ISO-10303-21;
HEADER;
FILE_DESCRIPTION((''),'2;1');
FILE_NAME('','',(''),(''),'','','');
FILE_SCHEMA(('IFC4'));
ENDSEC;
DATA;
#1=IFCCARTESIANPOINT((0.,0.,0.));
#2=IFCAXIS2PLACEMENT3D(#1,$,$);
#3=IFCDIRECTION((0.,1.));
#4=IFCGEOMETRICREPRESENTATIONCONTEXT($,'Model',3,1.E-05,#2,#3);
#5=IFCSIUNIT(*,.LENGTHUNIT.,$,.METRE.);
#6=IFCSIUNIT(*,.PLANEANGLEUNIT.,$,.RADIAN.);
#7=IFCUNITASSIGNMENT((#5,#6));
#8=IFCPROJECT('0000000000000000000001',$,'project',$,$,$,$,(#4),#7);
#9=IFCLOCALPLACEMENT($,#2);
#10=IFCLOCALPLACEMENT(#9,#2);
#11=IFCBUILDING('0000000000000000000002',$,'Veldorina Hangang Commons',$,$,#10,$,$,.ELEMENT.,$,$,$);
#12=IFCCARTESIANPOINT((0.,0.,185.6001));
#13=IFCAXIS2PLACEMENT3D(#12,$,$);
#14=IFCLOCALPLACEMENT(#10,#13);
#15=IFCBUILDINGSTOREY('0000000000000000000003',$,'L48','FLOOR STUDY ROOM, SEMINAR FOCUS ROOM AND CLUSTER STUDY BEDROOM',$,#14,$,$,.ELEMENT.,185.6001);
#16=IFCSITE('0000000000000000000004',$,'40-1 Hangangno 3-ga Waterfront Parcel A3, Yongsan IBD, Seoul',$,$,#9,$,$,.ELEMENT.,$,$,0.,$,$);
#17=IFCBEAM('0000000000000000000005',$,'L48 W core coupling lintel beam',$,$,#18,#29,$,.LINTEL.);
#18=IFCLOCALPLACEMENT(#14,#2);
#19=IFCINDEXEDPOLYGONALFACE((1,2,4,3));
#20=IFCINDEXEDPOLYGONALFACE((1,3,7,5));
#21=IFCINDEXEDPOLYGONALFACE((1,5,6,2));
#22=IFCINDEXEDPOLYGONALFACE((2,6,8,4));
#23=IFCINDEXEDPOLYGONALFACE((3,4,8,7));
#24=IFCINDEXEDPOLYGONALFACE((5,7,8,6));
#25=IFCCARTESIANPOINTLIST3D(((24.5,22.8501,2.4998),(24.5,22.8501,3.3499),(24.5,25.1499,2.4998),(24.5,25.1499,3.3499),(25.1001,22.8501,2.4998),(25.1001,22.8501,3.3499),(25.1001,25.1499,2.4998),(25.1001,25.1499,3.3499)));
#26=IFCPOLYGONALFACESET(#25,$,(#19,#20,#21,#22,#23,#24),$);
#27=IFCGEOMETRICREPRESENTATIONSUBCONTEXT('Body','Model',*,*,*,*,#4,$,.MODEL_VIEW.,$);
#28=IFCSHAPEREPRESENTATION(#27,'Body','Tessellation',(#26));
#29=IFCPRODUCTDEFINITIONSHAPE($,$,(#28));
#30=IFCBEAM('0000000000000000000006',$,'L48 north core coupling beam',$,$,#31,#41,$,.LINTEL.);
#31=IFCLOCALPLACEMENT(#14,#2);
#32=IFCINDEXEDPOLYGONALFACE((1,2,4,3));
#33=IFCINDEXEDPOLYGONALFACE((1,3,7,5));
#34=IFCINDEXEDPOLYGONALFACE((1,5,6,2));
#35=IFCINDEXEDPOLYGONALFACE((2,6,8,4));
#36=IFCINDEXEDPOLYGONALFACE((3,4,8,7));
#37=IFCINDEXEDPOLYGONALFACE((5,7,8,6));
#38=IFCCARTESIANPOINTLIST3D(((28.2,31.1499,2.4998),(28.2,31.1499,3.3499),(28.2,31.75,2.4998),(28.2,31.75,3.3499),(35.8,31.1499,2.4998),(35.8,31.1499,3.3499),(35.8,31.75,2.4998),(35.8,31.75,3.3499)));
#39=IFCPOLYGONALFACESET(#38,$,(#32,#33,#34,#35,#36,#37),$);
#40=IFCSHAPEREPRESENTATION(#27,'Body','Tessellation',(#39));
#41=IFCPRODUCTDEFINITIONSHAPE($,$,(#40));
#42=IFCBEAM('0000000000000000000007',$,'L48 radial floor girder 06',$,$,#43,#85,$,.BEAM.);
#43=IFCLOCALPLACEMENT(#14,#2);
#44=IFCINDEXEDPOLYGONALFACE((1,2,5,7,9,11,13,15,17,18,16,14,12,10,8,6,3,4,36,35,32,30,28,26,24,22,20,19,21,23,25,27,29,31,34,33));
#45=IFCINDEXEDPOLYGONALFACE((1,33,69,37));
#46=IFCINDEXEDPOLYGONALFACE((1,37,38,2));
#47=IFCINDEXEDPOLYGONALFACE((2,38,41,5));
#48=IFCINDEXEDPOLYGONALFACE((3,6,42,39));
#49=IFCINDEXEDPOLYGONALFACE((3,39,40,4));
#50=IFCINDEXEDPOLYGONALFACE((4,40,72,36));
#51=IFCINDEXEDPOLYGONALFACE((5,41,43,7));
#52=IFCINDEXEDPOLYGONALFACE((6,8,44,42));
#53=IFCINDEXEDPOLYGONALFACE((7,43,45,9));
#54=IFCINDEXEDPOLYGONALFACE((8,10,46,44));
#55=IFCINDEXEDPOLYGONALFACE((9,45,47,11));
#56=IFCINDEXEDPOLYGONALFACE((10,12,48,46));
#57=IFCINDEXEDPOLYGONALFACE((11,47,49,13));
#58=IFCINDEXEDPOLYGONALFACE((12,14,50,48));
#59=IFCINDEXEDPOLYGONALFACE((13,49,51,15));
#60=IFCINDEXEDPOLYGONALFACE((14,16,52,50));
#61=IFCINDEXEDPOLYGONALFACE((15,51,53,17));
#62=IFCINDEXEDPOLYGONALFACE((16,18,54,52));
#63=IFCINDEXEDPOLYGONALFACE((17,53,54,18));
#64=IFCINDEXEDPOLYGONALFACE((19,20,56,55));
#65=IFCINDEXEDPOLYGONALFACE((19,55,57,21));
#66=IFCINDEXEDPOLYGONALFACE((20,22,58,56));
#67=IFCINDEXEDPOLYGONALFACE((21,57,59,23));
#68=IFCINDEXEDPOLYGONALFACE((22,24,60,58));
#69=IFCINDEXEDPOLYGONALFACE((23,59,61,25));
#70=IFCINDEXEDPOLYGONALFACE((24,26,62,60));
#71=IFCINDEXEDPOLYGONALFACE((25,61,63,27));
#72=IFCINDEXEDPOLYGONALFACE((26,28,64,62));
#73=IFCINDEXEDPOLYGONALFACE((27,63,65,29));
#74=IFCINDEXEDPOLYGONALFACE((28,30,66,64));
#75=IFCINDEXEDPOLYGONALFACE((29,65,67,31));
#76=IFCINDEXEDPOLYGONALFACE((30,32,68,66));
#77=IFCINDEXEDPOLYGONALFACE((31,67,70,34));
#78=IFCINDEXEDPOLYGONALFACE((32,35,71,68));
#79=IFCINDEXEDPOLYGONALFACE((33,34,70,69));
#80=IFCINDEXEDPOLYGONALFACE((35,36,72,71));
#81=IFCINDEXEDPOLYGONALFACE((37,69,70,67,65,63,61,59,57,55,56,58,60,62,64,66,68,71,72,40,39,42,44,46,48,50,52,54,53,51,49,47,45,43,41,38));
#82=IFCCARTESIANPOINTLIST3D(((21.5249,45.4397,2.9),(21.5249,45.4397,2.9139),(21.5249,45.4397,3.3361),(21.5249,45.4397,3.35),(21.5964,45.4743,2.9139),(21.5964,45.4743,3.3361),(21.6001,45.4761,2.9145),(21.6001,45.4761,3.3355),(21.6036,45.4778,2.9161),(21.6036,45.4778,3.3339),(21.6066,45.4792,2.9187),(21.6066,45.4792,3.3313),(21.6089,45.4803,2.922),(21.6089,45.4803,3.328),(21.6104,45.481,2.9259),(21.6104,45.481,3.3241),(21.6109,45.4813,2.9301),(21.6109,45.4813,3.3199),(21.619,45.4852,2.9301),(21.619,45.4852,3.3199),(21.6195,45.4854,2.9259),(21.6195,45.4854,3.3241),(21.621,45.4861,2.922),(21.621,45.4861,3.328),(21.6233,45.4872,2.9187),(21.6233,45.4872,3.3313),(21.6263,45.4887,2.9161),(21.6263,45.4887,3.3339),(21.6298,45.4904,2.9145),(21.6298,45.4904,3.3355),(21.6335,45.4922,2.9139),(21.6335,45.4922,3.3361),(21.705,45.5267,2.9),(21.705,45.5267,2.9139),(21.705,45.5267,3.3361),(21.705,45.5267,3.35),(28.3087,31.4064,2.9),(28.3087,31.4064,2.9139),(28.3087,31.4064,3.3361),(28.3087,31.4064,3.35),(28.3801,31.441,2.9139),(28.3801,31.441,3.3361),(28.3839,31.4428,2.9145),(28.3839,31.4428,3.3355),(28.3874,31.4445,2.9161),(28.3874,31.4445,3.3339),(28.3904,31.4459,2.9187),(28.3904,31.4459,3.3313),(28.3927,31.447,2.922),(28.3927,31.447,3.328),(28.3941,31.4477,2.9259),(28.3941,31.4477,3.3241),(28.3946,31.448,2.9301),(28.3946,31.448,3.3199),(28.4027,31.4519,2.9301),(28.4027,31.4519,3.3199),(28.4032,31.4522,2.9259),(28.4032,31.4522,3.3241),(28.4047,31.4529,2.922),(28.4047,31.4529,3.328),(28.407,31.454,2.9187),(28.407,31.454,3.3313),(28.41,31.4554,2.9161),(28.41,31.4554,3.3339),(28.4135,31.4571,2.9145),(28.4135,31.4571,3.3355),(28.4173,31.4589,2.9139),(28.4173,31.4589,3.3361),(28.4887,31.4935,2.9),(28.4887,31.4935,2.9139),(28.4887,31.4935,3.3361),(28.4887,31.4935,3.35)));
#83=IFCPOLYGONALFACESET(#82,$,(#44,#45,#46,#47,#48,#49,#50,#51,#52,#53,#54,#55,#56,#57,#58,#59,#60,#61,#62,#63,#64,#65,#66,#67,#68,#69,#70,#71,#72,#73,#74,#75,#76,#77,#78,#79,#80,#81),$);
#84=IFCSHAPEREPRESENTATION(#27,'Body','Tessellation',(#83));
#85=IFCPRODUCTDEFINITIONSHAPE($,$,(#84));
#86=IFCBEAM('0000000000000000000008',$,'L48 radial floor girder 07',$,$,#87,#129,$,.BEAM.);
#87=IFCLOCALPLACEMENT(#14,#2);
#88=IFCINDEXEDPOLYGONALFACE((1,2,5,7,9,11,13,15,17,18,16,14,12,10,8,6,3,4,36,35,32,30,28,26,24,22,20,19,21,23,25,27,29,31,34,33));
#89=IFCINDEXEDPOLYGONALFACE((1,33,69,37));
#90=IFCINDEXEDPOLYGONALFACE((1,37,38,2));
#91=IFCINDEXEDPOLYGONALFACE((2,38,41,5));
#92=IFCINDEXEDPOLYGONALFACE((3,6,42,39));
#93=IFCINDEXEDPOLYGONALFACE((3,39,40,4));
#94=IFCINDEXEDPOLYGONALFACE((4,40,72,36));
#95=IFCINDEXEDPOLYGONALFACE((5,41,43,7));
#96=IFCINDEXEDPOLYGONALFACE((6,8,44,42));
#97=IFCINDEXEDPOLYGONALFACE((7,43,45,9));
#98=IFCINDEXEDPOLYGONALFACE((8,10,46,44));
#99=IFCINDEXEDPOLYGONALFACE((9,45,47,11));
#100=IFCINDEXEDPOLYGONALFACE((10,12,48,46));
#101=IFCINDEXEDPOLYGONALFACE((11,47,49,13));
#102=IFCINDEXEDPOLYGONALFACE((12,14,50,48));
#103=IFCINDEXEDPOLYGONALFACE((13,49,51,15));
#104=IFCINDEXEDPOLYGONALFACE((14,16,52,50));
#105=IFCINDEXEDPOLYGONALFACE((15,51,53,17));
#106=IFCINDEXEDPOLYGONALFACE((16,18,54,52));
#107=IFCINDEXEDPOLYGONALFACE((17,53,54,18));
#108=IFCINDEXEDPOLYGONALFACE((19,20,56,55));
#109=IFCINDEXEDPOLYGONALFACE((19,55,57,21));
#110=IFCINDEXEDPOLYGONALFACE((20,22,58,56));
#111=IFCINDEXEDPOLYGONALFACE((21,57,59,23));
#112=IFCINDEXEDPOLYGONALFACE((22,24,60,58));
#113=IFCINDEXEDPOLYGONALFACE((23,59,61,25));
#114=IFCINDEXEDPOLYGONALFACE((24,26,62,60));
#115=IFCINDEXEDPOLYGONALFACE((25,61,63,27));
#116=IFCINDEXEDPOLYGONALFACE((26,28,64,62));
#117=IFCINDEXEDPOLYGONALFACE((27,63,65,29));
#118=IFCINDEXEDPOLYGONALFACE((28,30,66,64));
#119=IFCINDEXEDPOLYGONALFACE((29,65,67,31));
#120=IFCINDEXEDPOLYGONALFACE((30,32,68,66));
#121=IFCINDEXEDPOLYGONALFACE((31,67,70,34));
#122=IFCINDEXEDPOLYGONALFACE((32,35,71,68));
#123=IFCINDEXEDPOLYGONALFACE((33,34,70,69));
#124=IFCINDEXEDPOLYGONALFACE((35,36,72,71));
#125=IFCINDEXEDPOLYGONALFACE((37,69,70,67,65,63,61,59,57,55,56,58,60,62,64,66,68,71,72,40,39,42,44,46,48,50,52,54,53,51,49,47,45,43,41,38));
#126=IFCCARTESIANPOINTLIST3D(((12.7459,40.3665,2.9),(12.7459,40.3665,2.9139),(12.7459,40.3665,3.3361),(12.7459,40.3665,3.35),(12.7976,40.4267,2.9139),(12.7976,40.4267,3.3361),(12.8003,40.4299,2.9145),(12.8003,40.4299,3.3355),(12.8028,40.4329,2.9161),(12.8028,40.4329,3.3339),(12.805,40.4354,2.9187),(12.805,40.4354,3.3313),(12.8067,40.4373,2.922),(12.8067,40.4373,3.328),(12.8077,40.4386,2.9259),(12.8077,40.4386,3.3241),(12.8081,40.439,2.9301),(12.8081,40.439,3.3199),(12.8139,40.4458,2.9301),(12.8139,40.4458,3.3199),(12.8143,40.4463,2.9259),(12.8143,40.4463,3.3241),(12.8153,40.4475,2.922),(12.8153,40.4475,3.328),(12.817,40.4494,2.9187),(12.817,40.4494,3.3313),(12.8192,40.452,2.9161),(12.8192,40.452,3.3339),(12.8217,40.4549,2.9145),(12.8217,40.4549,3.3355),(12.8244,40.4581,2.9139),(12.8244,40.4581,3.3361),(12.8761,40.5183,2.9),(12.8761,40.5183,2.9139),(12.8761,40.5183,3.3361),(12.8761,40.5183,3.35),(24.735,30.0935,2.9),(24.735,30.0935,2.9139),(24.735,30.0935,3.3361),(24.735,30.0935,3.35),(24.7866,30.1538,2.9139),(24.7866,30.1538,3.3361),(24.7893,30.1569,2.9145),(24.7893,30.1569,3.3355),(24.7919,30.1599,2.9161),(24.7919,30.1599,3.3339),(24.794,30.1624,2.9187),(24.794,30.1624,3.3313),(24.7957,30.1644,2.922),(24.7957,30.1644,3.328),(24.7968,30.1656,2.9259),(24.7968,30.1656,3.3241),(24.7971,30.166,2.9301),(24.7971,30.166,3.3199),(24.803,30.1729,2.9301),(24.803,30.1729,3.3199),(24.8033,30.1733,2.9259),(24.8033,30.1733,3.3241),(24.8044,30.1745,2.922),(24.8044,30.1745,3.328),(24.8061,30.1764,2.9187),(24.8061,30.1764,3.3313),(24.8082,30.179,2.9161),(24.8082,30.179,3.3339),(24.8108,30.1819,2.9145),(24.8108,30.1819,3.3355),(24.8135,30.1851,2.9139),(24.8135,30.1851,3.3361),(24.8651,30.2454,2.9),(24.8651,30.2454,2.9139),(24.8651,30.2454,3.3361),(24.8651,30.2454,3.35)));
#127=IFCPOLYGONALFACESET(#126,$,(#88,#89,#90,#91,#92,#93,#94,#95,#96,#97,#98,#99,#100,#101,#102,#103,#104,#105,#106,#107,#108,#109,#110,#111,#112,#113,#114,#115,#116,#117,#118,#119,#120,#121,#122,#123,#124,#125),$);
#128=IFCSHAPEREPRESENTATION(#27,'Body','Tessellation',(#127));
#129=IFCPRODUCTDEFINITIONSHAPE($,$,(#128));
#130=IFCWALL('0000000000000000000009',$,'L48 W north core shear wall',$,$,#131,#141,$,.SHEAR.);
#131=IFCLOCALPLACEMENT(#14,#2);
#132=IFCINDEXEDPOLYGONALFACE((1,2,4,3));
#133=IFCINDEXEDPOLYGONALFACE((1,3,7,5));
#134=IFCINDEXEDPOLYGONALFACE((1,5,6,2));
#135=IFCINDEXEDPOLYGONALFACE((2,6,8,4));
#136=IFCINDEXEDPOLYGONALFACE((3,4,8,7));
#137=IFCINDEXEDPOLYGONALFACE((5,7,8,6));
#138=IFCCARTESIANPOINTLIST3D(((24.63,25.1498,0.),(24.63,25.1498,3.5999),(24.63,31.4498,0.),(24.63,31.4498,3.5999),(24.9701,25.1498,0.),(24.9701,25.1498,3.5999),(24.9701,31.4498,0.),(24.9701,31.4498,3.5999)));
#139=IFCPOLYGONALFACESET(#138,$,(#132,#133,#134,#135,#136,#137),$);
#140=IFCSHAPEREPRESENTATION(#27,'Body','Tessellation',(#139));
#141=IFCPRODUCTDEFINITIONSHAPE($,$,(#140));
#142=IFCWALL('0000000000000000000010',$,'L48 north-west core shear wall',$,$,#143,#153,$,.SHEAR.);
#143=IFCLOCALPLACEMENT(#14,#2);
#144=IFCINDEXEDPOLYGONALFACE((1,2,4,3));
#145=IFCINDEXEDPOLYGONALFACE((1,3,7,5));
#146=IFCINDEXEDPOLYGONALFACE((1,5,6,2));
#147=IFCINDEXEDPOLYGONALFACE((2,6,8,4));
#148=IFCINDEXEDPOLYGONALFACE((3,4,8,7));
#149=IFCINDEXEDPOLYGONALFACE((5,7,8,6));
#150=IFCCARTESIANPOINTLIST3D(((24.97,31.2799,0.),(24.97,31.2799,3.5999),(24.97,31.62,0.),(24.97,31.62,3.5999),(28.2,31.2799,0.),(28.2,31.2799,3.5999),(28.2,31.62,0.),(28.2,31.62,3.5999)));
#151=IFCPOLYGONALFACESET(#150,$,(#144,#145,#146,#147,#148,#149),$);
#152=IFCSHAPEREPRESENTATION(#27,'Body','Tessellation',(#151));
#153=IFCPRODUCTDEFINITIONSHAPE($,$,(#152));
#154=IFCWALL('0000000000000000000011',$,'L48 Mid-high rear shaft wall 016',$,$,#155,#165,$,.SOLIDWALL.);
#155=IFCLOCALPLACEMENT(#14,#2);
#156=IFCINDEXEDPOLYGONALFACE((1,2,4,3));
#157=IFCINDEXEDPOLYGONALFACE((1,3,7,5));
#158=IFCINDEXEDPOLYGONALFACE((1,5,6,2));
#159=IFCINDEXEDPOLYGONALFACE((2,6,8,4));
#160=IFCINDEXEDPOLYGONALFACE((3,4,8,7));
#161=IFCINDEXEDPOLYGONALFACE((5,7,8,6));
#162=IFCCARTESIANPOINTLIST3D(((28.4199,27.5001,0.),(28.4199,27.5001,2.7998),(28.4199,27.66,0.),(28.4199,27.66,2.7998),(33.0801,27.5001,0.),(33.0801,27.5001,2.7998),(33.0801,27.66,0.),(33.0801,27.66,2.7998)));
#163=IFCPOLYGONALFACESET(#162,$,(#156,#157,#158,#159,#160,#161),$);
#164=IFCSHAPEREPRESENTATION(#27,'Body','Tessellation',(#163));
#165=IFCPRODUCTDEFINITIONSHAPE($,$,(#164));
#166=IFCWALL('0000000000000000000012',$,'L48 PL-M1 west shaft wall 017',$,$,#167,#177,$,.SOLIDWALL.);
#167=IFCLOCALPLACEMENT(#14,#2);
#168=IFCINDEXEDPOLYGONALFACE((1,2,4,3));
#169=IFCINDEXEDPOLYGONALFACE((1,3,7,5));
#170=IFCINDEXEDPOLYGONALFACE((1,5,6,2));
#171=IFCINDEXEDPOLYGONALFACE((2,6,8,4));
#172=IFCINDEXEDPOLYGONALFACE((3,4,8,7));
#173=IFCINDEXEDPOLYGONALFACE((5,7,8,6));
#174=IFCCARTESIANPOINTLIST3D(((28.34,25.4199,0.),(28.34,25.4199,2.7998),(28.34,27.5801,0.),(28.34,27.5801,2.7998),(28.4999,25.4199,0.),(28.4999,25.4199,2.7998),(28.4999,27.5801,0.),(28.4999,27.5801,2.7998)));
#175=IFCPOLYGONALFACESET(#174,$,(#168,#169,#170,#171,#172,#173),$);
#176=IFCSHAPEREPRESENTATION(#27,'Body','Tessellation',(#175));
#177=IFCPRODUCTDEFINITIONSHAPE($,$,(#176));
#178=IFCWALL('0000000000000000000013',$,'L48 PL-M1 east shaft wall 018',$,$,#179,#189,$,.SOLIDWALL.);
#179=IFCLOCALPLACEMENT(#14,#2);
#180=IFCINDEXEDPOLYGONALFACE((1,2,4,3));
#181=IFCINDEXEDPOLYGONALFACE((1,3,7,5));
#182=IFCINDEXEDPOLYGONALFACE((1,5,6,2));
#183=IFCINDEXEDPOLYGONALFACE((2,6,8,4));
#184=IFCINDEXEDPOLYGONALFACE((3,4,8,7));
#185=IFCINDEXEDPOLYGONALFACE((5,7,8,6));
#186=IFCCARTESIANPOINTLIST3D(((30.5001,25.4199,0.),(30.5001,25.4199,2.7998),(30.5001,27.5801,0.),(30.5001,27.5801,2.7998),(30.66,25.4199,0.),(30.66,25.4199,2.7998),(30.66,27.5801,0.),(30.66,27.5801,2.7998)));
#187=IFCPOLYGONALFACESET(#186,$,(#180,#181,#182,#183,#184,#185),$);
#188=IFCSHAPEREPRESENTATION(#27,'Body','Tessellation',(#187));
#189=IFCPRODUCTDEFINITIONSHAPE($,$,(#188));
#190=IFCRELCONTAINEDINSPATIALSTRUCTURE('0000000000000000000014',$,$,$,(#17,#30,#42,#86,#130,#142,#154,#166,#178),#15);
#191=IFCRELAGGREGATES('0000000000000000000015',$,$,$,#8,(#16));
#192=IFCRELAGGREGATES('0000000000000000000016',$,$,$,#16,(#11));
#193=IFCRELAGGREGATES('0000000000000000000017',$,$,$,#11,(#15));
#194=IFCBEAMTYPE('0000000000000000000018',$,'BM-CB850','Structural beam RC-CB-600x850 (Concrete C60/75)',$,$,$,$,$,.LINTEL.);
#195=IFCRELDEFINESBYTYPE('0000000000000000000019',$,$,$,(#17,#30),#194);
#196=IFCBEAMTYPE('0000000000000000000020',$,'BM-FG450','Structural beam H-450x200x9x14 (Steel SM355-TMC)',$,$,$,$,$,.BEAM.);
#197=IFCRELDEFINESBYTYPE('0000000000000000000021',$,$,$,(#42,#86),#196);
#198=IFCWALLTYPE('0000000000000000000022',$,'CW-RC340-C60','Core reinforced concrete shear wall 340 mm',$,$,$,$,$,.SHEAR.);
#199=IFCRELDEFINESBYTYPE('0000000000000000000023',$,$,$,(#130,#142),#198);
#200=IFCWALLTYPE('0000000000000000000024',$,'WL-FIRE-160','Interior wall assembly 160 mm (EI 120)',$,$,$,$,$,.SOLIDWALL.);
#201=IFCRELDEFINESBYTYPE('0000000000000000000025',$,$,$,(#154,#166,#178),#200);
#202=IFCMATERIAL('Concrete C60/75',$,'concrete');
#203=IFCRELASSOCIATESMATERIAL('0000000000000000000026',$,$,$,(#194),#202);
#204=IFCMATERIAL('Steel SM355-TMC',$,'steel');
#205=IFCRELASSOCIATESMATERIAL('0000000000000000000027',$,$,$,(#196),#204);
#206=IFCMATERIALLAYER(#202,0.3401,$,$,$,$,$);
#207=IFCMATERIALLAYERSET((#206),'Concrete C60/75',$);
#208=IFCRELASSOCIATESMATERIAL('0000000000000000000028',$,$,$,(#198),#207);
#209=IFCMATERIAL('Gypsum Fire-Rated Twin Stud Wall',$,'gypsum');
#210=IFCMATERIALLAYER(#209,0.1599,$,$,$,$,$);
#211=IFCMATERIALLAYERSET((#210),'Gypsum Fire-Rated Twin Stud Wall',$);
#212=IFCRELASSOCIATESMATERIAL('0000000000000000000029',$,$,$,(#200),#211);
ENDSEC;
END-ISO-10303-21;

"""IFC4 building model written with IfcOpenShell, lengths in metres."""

from ifc_helpers import new_model, si_unit, direction, frame, frame_2d, origin, origin_2d, place, context, subcontext, project, spatial, rectangle, i_section, extrude, material, layer, layer_set, material_profile, profile_set, type_object, element, save


model = new_model("IFC4")

# Units and contexts
model_context = context("Model", 3, precision=1e-05, world=origin(), true_north=direction((0.0, 1.0)))
body_context = subcontext(model_context, "Body", "Model", "MODEL_VIEW")
ifc_project = project(units=[si_unit("LENGTHUNIT", "METRE"), si_unit("PLANEANGLEUNIT", "RADIAN")], contexts=[model_context])

# Site, building, storey
site_placement = place(None, origin())
site = spatial("IfcSite", under=ifc_project, at=site_placement, Name="40-1 Hangangno 3-ga Waterfront Parcel A3, Yongsan IBD, Seoul", CompositionType="ELEMENT", RefElevation=0.0)
building_placement = place(site_placement, origin())
building = spatial("IfcBuilding", under=site, at=building_placement, Name="Veldorina Hangang Commons", CompositionType="ELEMENT")
storey_placement = place(building_placement, frame((0.0, 0.0, 185.6001)))
storey = spatial("IfcBuildingStorey", under=building, at=storey_placement, Name="L48", Description="FLOOR STUDY ROOM, SEMINAR FOCUS ROOM AND CLUSTER STUDY BEDROOM", CompositionType="ELEMENT", Elevation=185.6001)

# Beams
ifc_material_1 = material(Name="Concrete C60/75", Category="concrete")
ifc_material_profile_1 = material_profile(ifc_material_1, rectangle(XDim=0.6001, YDim=0.8501, at=origin_2d()), Name="RC-CB-600x850")
ifc_profile_set_1 = profile_set([ifc_material_profile_1], Name="Concrete C60/75")
beam_type_1 = type_object("IfcBeamType", Name="BM-CB850", Description="Structural beam RC-CB-600x850 (Concrete C60/75)", PredefinedType="LINTEL", material=ifc_profile_set_1)
beam_1_placement = place(storey_placement, frame((24.8, 22.8501, 2.9248), z_axis=(0.0, 1.0, 0.0), x_axis=(-1.0, 0.0, 0.0)))
element("IfcBeam", 1, at=beam_1_placement, inside=storey, type_object=beam_type_1, Name="L48 W core coupling lintel beam", PredefinedType="LINTEL", context=body_context, shape_type="SweptSolid", body=[
    extrude(rectangle(XDim=0.6001, YDim=0.8501, at=origin_2d()), origin(), (0.0, 0.0, 1.0), 2.2998),
])
beam_2_placement = place(storey_placement, frame((28.2, 31.45, 2.9248), z_axis=(1.0, 0.0, 0.0), x_axis=(0.0, 1.0, 0.0)))
element("IfcBeam", 2, at=beam_2_placement, inside=storey, type_object=beam_type_1, Name="L48 north core coupling beam", PredefinedType="LINTEL", context=body_context, shape_type="SweptSolid", body=[
    extrude(rectangle(XDim=0.6001, YDim=0.8501, at=origin_2d()), origin(), (0.0, 0.0, 1.0), 7.6001),
])
ifc_material_2 = material(Name="Steel SM355-TMC", Category="steel")
ifc_material_profile_2 = material_profile(ifc_material_2, i_section(OverallWidth=0.2, OverallDepth=0.45, WebThickness=0.009, FlangeThickness=0.0139, FilletRadius=0.0161, at=origin_2d()), Name="H-450x200x9x14")
ifc_profile_set_2 = profile_set([ifc_material_profile_2], Name="Steel SM355-TMC")
beam_type_2 = type_object("IfcBeamType", Name="BM-FG450", Description="Structural beam H-450x200x9x14 (Steel SM355-TMC)", PredefinedType="BEAM", material=ifc_profile_set_2)
beam_3_placement = place(storey_placement, frame((28.3987, 31.45, 3.125), z_axis=(-0.435219, 0.900324, 0.0), x_axis=(-0.900324, -0.435219, 0.0)))
element("IfcBeam", 3, at=beam_3_placement, inside=storey, type_object=beam_type_2, Name="L48 radial floor girder 06", PredefinedType="BEAM", context=body_context, shape_type="SweptSolid", body=[
    extrude(i_section(OverallWidth=0.2, OverallDepth=0.45, WebThickness=0.009, FlangeThickness=0.0139, FilletRadius=0.0161, at=origin_2d()), origin(), (0.0, 0.0, 1.0), 15.5869),
])
beam_4_placement = place(storey_placement, frame((24.8, 30.1694, 3.125), z_axis=(-0.759361, 0.650669, 0.0), x_axis=(-0.650669, -0.759361, 0.0)))
element("IfcBeam", 4, at=beam_4_placement, inside=storey, type_object=beam_type_2, Name="L48 radial floor girder 07", PredefinedType="BEAM", context=body_context, shape_type="SweptSolid", body=[
    extrude(i_section(OverallWidth=0.2, OverallDepth=0.45, WebThickness=0.009, FlangeThickness=0.0139, FilletRadius=0.0161, at=origin_2d()), origin(), (0.0, 0.0, 1.0), 15.7883),
])

# Walls
ifc_layer_1 = layer(ifc_material_1, 0.3401)
ifc_layer_set_1 = layer_set([ifc_layer_1], Name="Concrete C60/75")
wall_type_1 = type_object("IfcWallType", Name="CW-RC340-C60", Description="Core reinforced concrete shear wall 340 mm", PredefinedType="SHEAR", material=ifc_layer_set_1)
wall_1_placement = place(storey_placement, frame((24.8, 25.1499, 0.0), z_axis=(0.0, 0.0, 1.0), x_axis=(0.0, 1.0, 0.0)))
element("IfcWall", 5, at=wall_1_placement, inside=storey, type_object=wall_type_1, Name="L48 W north core shear wall", PredefinedType="SHEAR", context=body_context, shape_type="SweptSolid", body=[
    extrude(rectangle(XDim=6.3, YDim=0.3401, at=frame_2d((3.1499, 0.0))), origin(), (0.0, 0.0, 1.0), 3.5999),
])
wall_2_placement = place(storey_placement, frame((24.97, 31.45, 0.0), z_axis=(0.0, 0.0, 1.0), x_axis=(1.0, 0.0, 0.0)))
element("IfcWall", 6, at=wall_2_placement, inside=storey, type_object=wall_type_1, Name="L48 north-west core shear wall", PredefinedType="SHEAR", context=body_context, shape_type="SweptSolid", body=[
    extrude(rectangle(XDim=3.23, YDim=0.3401, at=frame_2d((1.615, 0.0))), origin(), (0.0, 0.0, 1.0), 3.5999),
])

# Shared definitions
ifc_material_3 = material(Name="Gypsum Fire-Rated Twin Stud Wall", Category="gypsum")
ifc_layer_2 = layer(ifc_material_3, 0.1599)
ifc_layer_set_2 = layer_set([ifc_layer_2], Name="Gypsum Fire-Rated Twin Stud Wall")
wall_type_2 = type_object("IfcWallType", Name="WL-FIRE-160", Description="Interior wall assembly 160 mm (EI 120)", PredefinedType="SOLIDWALL", material=ifc_layer_set_2)

# Walls
wall_3_placement = place(storey_placement, frame((28.4199, 27.5801, 0.0), z_axis=(0.0, 0.0, 1.0), x_axis=(1.0, 0.0, 0.0)))
element("IfcWall", 7, at=wall_3_placement, inside=storey, type_object=wall_type_2, Name="L48 Mid-high rear shaft wall 016", PredefinedType="SOLIDWALL", context=body_context, shape_type="SweptSolid", body=[
    extrude(rectangle(XDim=4.6602, YDim=0.1599, at=frame_2d((2.3301, 0.0))), origin(), (0.0, 0.0, 1.0), 2.7998),
])
for number, where, z_axis, x_axis, name in (
    (8, (28.4199, 25.4199, 0.0), (0.0, 0.0, 1.0), (0.0, 1.0, 0.0), "L48 PL-M1 west shaft wall 017"),
    (9, (30.5801, 25.4199, 0.0), (0.0, 0.0, 1.0), (0.0, 1.0, 0.0), "L48 PL-M1 east shaft wall 018"),
):
    element("IfcWall", number, at=place(storey_placement, frame(where, z_axis=z_axis, x_axis=x_axis)), inside=storey, type_object=wall_type_2, Name=name, PredefinedType="SOLIDWALL", context=body_context, shape_type="SweptSolid", body=[
        extrude(rectangle(XDim=2.1602, YDim=0.1599, at=frame_2d((1.0801, 0.0))), origin(), (0.0, 0.0, 1.0), 2.7998),
    ])

save(model, "model.ifc")
